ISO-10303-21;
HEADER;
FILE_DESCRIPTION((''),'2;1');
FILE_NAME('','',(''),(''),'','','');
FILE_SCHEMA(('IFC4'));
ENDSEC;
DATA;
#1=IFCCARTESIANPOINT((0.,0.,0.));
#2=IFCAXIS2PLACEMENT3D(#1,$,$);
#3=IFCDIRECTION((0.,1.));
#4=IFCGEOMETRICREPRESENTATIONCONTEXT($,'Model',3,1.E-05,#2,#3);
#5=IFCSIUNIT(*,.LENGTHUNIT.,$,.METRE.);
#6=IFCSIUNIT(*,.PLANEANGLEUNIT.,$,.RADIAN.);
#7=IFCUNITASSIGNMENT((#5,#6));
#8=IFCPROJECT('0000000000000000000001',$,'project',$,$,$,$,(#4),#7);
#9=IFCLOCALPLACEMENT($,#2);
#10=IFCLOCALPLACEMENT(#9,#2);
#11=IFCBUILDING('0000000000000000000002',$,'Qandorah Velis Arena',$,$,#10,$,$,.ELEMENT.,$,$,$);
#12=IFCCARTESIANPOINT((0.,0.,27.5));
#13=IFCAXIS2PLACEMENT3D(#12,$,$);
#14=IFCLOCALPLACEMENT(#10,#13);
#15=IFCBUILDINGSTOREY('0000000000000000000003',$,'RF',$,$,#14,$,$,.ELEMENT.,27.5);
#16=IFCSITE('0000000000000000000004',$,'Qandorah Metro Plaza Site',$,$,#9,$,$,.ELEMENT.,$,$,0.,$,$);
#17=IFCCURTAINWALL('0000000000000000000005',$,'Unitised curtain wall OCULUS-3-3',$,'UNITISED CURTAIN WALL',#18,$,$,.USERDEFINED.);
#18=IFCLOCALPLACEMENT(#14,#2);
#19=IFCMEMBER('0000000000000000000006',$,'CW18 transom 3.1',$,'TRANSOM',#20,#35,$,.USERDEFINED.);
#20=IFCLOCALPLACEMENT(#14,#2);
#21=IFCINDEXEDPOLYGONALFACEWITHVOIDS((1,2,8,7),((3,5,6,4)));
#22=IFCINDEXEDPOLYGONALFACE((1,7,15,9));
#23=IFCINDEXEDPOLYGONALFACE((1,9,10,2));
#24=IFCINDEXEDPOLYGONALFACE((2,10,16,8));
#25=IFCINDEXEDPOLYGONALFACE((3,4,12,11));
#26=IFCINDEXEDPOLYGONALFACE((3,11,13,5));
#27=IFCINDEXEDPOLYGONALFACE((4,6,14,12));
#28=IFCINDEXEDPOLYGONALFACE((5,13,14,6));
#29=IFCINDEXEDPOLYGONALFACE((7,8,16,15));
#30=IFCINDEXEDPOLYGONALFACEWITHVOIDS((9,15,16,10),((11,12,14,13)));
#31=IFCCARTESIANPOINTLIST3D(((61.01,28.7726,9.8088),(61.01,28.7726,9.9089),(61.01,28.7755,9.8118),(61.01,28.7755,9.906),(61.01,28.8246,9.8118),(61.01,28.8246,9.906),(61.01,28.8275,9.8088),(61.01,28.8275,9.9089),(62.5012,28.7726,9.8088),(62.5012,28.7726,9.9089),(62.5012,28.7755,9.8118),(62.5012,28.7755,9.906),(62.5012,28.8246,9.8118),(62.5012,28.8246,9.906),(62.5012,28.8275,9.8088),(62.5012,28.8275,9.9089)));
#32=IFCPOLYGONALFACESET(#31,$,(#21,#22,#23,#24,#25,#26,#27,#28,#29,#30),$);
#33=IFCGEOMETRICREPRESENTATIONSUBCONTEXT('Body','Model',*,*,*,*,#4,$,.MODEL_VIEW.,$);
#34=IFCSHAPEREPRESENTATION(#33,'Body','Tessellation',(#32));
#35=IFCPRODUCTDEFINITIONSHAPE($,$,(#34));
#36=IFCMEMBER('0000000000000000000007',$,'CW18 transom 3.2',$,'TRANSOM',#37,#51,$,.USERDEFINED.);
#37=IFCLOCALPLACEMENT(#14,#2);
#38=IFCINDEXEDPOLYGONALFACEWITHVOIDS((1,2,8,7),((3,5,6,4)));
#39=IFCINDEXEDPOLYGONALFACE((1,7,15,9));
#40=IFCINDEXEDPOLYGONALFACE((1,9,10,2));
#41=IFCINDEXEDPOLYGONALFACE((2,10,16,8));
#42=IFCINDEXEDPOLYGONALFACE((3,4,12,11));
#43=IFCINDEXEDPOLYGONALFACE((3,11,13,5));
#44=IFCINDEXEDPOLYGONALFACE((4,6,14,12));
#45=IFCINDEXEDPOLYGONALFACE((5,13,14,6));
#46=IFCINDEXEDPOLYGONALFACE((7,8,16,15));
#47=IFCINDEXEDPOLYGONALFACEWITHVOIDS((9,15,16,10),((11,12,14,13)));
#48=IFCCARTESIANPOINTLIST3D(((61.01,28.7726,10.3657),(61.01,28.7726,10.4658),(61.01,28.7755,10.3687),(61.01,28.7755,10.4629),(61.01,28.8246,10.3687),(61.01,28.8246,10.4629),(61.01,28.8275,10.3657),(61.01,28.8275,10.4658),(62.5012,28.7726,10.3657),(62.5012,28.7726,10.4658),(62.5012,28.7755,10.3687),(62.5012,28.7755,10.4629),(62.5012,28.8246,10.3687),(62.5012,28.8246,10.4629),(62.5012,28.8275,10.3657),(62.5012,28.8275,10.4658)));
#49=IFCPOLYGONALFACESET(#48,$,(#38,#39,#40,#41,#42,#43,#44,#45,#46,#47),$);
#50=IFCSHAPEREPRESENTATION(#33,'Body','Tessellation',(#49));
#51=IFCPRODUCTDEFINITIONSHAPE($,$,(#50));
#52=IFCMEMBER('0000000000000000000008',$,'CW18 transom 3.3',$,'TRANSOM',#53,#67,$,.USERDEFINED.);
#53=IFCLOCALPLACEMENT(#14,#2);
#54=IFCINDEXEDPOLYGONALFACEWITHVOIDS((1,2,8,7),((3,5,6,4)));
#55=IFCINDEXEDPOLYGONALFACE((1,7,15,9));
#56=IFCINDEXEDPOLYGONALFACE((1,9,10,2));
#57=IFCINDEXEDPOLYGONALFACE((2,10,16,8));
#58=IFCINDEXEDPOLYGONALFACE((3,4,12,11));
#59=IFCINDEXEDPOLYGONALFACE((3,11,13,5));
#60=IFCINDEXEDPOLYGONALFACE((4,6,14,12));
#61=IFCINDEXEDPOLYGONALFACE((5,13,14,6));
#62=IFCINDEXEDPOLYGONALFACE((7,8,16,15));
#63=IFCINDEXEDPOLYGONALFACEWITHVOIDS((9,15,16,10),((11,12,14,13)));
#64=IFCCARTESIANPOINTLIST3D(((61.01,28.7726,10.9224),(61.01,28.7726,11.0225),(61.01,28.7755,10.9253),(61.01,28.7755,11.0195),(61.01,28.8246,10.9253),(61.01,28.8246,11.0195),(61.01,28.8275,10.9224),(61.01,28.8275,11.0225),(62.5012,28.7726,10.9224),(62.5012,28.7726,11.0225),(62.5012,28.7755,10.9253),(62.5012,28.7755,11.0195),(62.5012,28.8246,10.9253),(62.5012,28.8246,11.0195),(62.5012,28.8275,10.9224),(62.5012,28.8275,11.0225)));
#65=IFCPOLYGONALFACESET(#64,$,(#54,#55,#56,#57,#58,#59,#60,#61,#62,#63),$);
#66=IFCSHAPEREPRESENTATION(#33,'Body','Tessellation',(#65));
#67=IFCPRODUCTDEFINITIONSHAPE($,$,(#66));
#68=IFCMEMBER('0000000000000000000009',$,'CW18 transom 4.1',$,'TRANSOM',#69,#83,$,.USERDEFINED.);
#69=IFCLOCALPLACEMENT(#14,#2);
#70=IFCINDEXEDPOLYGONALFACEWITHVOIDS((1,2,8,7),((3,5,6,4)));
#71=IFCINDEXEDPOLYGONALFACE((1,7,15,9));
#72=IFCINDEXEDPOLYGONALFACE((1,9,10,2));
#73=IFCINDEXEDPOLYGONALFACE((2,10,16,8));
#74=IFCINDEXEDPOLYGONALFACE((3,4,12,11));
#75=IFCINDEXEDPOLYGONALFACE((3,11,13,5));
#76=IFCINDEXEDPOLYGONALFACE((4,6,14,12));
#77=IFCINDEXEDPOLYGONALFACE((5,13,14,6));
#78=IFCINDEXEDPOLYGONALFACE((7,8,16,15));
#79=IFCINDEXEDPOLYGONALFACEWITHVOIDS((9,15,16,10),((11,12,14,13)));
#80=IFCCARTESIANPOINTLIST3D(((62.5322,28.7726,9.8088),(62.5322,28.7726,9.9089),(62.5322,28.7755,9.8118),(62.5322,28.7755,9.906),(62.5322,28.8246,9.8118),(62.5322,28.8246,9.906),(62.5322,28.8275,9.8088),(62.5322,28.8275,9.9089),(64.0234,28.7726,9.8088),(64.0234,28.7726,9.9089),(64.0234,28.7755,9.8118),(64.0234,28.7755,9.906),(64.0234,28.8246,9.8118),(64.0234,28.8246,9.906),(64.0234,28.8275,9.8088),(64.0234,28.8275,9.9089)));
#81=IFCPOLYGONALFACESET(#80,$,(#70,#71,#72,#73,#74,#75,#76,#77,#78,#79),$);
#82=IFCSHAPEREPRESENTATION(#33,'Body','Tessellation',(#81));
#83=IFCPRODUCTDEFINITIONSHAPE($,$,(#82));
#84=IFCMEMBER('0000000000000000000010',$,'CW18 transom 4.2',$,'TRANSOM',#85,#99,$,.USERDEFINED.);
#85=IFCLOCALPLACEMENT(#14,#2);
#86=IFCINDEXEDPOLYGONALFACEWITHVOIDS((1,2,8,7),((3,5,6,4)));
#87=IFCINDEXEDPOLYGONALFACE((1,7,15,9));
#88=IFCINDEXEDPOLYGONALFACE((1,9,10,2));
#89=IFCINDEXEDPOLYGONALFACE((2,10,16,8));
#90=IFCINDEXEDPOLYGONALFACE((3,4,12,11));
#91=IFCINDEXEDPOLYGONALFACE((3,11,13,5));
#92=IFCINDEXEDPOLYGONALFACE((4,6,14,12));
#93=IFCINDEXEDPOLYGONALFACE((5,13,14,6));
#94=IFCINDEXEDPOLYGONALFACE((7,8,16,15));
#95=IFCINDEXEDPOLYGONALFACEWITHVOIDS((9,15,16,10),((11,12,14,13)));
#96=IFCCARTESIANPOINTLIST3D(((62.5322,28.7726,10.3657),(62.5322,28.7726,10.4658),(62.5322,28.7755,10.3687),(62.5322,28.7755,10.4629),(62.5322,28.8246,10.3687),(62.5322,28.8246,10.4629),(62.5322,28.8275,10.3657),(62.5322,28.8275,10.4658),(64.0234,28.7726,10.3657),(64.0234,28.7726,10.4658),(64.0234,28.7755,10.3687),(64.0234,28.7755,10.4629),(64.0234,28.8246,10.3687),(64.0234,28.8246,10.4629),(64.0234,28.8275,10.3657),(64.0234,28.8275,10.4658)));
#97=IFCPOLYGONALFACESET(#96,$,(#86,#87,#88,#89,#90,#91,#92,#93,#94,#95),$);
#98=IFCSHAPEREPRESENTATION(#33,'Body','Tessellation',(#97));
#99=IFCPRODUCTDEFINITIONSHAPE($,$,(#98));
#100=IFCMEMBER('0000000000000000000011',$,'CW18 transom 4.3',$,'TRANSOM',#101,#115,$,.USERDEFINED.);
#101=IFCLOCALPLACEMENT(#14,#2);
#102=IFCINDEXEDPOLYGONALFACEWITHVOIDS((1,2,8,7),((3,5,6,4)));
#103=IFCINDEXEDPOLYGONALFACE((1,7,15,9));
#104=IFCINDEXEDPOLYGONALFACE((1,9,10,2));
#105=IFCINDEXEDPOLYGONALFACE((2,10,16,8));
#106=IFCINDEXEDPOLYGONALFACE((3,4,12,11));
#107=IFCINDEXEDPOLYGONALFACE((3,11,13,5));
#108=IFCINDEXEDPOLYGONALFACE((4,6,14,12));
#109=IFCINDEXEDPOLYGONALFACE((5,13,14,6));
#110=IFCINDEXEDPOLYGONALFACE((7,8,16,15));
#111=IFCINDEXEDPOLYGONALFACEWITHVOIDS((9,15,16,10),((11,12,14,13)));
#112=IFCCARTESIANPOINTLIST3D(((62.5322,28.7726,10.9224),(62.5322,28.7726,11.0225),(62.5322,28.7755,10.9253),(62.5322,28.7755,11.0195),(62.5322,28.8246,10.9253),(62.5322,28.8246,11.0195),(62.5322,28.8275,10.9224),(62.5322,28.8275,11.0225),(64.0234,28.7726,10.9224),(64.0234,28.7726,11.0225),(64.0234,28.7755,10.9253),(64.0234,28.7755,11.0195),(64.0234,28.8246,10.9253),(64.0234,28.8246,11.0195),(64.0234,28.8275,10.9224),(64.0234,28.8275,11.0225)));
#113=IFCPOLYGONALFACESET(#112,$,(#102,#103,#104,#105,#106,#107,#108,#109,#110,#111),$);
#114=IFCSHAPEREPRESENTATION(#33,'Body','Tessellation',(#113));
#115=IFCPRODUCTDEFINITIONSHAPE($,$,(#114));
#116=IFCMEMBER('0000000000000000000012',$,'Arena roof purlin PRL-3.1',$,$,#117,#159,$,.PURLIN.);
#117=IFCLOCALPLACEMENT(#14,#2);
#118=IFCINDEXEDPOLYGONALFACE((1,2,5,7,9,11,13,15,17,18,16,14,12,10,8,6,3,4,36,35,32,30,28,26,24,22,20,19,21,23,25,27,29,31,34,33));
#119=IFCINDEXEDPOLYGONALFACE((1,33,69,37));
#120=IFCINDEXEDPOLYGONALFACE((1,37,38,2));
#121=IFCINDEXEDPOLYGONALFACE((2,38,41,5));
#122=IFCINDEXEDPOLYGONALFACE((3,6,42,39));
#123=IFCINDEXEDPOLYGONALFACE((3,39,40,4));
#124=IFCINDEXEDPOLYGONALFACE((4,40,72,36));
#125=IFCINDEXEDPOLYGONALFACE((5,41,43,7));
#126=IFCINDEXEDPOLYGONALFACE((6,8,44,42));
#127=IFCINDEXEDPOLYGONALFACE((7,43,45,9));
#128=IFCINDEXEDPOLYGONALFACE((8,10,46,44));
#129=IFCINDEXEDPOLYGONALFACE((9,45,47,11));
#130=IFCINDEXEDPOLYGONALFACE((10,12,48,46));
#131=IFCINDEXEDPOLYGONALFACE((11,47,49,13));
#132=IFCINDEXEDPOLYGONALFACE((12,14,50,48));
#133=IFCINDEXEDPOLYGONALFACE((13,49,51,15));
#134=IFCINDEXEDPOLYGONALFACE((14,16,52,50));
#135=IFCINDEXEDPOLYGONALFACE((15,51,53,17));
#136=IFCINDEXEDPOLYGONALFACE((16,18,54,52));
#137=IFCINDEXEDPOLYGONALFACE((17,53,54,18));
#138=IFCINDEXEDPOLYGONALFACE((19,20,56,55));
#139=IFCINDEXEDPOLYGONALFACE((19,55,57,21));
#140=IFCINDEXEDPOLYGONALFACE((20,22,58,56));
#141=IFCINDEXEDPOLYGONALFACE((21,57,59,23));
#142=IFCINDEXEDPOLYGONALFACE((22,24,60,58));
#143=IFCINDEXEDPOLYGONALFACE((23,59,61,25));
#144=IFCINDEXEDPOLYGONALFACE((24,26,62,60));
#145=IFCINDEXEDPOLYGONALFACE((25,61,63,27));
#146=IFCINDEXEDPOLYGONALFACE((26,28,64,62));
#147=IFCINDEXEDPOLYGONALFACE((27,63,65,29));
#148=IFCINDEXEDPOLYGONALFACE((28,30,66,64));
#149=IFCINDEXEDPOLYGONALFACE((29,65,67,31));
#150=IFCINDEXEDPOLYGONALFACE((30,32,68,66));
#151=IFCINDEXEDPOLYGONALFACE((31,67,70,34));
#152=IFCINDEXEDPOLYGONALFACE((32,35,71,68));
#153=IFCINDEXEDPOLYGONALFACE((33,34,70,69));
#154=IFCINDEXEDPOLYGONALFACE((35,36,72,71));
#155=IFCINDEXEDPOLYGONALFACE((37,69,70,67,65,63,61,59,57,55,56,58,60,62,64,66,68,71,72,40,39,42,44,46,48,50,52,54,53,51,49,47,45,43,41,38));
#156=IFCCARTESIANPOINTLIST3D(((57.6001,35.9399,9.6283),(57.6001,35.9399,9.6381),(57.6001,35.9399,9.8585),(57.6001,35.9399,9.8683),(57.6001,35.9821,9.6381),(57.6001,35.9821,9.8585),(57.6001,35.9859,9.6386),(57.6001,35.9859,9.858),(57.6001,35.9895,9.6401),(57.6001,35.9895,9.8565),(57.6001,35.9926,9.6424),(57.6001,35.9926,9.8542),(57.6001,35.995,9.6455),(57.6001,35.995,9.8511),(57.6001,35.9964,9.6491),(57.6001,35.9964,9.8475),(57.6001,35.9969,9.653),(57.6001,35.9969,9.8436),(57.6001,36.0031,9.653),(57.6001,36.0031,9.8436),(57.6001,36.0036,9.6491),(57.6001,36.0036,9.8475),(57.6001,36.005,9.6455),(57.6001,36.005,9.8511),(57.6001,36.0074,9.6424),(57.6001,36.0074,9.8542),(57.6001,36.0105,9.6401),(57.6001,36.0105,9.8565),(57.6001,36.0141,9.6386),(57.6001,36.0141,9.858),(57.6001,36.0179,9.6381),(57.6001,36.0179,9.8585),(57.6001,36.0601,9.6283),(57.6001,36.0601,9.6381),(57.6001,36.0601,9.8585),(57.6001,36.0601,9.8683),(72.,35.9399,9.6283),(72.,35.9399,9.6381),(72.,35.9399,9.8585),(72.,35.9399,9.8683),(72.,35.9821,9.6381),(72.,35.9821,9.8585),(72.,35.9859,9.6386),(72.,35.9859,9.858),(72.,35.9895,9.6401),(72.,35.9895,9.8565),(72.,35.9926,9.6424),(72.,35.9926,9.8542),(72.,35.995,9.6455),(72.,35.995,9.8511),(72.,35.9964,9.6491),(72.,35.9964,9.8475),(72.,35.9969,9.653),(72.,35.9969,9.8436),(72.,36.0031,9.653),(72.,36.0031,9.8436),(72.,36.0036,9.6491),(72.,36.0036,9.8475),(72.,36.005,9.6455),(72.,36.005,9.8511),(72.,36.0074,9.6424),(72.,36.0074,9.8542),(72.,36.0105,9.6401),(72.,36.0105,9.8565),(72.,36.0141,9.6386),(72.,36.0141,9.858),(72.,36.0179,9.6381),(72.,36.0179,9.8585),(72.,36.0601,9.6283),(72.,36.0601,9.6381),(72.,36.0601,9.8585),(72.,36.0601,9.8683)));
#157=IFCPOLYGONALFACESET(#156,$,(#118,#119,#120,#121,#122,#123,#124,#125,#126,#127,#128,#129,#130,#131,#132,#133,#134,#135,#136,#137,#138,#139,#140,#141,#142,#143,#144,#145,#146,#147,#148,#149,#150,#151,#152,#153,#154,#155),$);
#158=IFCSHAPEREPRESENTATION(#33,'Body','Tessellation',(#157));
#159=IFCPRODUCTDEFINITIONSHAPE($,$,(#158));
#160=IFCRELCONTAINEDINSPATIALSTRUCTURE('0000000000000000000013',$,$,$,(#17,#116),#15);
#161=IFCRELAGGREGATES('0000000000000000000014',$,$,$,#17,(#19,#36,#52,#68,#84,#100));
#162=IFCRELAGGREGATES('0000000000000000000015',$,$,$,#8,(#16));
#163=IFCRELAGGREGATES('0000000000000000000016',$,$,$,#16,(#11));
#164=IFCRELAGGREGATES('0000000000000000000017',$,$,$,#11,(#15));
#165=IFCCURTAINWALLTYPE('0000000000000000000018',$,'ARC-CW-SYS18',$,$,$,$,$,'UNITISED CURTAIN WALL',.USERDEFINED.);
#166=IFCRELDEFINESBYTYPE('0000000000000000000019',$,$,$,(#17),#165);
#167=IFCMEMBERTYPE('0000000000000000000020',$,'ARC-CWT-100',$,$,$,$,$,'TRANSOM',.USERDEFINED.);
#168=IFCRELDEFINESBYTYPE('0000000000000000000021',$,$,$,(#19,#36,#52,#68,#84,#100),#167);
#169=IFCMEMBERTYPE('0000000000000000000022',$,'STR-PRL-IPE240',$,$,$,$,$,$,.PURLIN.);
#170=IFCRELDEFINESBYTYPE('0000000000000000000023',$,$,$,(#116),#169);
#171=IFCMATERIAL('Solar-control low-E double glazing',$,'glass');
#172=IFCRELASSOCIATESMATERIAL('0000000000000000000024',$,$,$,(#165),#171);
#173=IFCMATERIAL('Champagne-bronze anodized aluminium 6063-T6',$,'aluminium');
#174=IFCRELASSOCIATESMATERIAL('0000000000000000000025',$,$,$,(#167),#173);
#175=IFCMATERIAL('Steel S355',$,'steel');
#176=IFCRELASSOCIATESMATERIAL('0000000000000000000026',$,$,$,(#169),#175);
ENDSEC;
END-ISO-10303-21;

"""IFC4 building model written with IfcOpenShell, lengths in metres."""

from ifc_helpers import new_model, si_unit, direction, frame, origin, origin_2d, place, context, subcontext, project, spatial, hollow_rectangle, i_section, extrude, material, material_profile, profile_set, type_object, element, aggregate, save


model = new_model("IFC4")

# Units and contexts
model_context = context("Model", 3, precision=1e-05, world=origin(), true_north=direction((0.0, 1.0)))
body_context = subcontext(model_context, "Body", "Model", "MODEL_VIEW")
ifc_project = project(units=[si_unit("LENGTHUNIT", "METRE"), si_unit("PLANEANGLEUNIT", "RADIAN")], contexts=[model_context])

# Site, building, storey
site_placement = place(None, origin())
site = spatial("IfcSite", under=ifc_project, at=site_placement, Name="Qandorah Metro Plaza Site", CompositionType="ELEMENT", RefElevation=0.0)
building_placement = place(site_placement, origin())
building = spatial("IfcBuilding", under=site, at=building_placement, Name="Qandorah Velis Arena", CompositionType="ELEMENT")
storey_placement = place(building_placement, frame((0.0, 0.0, 27.5)))
storey = spatial("IfcBuildingStorey", under=building, at=storey_placement, Name="RF", CompositionType="ELEMENT", Elevation=27.5)

# Shared definitions
ifc_material_1 = material(Name="Solar-control low-E double glazing", Category="glass")
ifc_material_2 = material(Name="Champagne-bronze anodized aluminium 6063-T6", Category="aluminium")

# Curtain wall, members
curtain_wall_type_1 = type_object("IfcCurtainWallType", Name="ARC-CW-SYS18", ElementType="UNITISED CURTAIN WALL", PredefinedType="USERDEFINED", material=ifc_material_1)
curtain_wall_1_placement = place(storey_placement, origin())
curtain_wall_1 = element("IfcCurtainWall", 1, at=curtain_wall_1_placement, inside=storey, type_object=curtain_wall_type_1, Name="Unitised curtain wall OCULUS-3-3", ObjectType="UNITISED CURTAIN WALL", PredefinedType="USERDEFINED")
ifc_material_profile_1 = material_profile(ifc_material_2, hollow_rectangle(XDim=0.0549, YDim=0.1001, WallThickness=0.0029, at=origin_2d()), Name="ALU TRANSOM 55x100")
ifc_profile_set_1 = profile_set([ifc_material_profile_1], Name="Champagne-bronze anodized aluminium 6063-T6")
member_type_1 = type_object("IfcMemberType", Name="ARC-CWT-100", ElementType="TRANSOM", PredefinedType="USERDEFINED", material=ifc_profile_set_1)
member_1_placement = place(storey_placement, frame((61.01, 28.8, 9.8589), z_axis=(1.0, 0.0, 0.0), x_axis=(0.0, 1.0, 0.0)))
member_1 = element("IfcMember", 2, at=member_1_placement, type_object=member_type_1, Name="CW18 transom 3.1", ObjectType="TRANSOM", PredefinedType="USERDEFINED", context=body_context, shape_type="SweptSolid", body=[
    extrude(hollow_rectangle(XDim=0.0549, YDim=0.1001, WallThickness=0.0029, at=origin_2d()), origin(), (0.0, 0.0, 1.0), 1.4912),
])
member_2_placement = place(storey_placement, frame((61.01, 28.8, 10.4158), z_axis=(1.0, 0.0, 0.0), x_axis=(0.0, 1.0, 0.0)))
member_2 = element("IfcMember", 3, at=member_2_placement, type_object=member_type_1, Name="CW18 transom 3.2", ObjectType="TRANSOM", PredefinedType="USERDEFINED", context=body_context, shape_type="SweptSolid", body=[
    extrude(hollow_rectangle(XDim=0.0549, YDim=0.1001, WallThickness=0.0029, at=origin_2d()), origin(), (0.0, 0.0, 1.0), 1.4912),
])
member_3_placement = place(storey_placement, frame((61.01, 28.8, 10.9724), z_axis=(1.0, 0.0, 0.0), x_axis=(0.0, 1.0, 0.0)))
member_3 = element("IfcMember", 4, at=member_3_placement, type_object=member_type_1, Name="CW18 transom 3.3", ObjectType="TRANSOM", PredefinedType="USERDEFINED", context=body_context, shape_type="SweptSolid", body=[
    extrude(hollow_rectangle(XDim=0.0549, YDim=0.1001, WallThickness=0.0029, at=origin_2d()), origin(), (0.0, 0.0, 1.0), 1.4912),
])
member_4_placement = place(storey_placement, frame((62.5322, 28.8, 9.8589), z_axis=(1.0, 0.0, 0.0), x_axis=(0.0, 1.0, 0.0)))
member_4 = element("IfcMember", 5, at=member_4_placement, type_object=member_type_1, Name="CW18 transom 4.1", ObjectType="TRANSOM", PredefinedType="USERDEFINED", context=body_context, shape_type="SweptSolid", body=[
    extrude(hollow_rectangle(XDim=0.0549, YDim=0.1001, WallThickness=0.0029, at=origin_2d()), origin(), (0.0, 0.0, 1.0), 1.4912),
])
member_5_placement = place(storey_placement, frame((62.5322, 28.8, 10.4158), z_axis=(1.0, 0.0, 0.0), x_axis=(0.0, 1.0, 0.0)))
member_5 = element("IfcMember", 6, at=member_5_placement, type_object=member_type_1, Name="CW18 transom 4.2", ObjectType="TRANSOM", PredefinedType="USERDEFINED", context=body_context, shape_type="SweptSolid", body=[
    extrude(hollow_rectangle(XDim=0.0549, YDim=0.1001, WallThickness=0.0029, at=origin_2d()), origin(), (0.0, 0.0, 1.0), 1.4912),
])
member_6_placement = place(storey_placement, frame((62.5322, 28.8, 10.9724), z_axis=(1.0, 0.0, 0.0), x_axis=(0.0, 1.0, 0.0)))
member_6 = element("IfcMember", 7, at=member_6_placement, type_object=member_type_1, Name="CW18 transom 4.3", ObjectType="TRANSOM", PredefinedType="USERDEFINED", context=body_context, shape_type="SweptSolid", body=[
    extrude(hollow_rectangle(XDim=0.0549, YDim=0.1001, WallThickness=0.0029, at=origin_2d()), origin(), (0.0, 0.0, 1.0), 1.4912),
])

# Member
ifc_material_3 = material(Name="Steel S355", Category="steel")
ifc_material_profile_2 = material_profile(ifc_material_3, i_section(OverallWidth=0.1201, OverallDepth=0.24, WebThickness=0.0061, FlangeThickness=0.0098, FilletRadius=0.0149, at=origin_2d()), Name="IPE 240")
ifc_profile_set_2 = profile_set([ifc_material_profile_2], Name="Steel S355")
member_type_2 = type_object("IfcMemberType", Name="STR-PRL-IPE240", PredefinedType="PURLIN", material=ifc_profile_set_2)
member_7_placement = place(storey_placement, frame((57.6001, 36.0, 9.7483), z_axis=(1.0, 0.0, 0.0), x_axis=(0.0, 1.0, 0.0)))
element("IfcMember", 8, at=member_7_placement, inside=storey, type_object=member_type_2, Name="Arena roof purlin PRL-3.1", PredefinedType="PURLIN", context=body_context, shape_type="SweptSolid", body=[
    extrude(i_section(OverallWidth=0.1201, OverallDepth=0.24, WebThickness=0.0061, FlangeThickness=0.0098, FilletRadius=0.0149, at=origin_2d()), origin(), (0.0, 0.0, 1.0), 14.3999),
])

aggregate(curtain_wall_1, [member_1, member_2, member_3, member_4, member_5, member_6])

save(model, "model.ifc")
